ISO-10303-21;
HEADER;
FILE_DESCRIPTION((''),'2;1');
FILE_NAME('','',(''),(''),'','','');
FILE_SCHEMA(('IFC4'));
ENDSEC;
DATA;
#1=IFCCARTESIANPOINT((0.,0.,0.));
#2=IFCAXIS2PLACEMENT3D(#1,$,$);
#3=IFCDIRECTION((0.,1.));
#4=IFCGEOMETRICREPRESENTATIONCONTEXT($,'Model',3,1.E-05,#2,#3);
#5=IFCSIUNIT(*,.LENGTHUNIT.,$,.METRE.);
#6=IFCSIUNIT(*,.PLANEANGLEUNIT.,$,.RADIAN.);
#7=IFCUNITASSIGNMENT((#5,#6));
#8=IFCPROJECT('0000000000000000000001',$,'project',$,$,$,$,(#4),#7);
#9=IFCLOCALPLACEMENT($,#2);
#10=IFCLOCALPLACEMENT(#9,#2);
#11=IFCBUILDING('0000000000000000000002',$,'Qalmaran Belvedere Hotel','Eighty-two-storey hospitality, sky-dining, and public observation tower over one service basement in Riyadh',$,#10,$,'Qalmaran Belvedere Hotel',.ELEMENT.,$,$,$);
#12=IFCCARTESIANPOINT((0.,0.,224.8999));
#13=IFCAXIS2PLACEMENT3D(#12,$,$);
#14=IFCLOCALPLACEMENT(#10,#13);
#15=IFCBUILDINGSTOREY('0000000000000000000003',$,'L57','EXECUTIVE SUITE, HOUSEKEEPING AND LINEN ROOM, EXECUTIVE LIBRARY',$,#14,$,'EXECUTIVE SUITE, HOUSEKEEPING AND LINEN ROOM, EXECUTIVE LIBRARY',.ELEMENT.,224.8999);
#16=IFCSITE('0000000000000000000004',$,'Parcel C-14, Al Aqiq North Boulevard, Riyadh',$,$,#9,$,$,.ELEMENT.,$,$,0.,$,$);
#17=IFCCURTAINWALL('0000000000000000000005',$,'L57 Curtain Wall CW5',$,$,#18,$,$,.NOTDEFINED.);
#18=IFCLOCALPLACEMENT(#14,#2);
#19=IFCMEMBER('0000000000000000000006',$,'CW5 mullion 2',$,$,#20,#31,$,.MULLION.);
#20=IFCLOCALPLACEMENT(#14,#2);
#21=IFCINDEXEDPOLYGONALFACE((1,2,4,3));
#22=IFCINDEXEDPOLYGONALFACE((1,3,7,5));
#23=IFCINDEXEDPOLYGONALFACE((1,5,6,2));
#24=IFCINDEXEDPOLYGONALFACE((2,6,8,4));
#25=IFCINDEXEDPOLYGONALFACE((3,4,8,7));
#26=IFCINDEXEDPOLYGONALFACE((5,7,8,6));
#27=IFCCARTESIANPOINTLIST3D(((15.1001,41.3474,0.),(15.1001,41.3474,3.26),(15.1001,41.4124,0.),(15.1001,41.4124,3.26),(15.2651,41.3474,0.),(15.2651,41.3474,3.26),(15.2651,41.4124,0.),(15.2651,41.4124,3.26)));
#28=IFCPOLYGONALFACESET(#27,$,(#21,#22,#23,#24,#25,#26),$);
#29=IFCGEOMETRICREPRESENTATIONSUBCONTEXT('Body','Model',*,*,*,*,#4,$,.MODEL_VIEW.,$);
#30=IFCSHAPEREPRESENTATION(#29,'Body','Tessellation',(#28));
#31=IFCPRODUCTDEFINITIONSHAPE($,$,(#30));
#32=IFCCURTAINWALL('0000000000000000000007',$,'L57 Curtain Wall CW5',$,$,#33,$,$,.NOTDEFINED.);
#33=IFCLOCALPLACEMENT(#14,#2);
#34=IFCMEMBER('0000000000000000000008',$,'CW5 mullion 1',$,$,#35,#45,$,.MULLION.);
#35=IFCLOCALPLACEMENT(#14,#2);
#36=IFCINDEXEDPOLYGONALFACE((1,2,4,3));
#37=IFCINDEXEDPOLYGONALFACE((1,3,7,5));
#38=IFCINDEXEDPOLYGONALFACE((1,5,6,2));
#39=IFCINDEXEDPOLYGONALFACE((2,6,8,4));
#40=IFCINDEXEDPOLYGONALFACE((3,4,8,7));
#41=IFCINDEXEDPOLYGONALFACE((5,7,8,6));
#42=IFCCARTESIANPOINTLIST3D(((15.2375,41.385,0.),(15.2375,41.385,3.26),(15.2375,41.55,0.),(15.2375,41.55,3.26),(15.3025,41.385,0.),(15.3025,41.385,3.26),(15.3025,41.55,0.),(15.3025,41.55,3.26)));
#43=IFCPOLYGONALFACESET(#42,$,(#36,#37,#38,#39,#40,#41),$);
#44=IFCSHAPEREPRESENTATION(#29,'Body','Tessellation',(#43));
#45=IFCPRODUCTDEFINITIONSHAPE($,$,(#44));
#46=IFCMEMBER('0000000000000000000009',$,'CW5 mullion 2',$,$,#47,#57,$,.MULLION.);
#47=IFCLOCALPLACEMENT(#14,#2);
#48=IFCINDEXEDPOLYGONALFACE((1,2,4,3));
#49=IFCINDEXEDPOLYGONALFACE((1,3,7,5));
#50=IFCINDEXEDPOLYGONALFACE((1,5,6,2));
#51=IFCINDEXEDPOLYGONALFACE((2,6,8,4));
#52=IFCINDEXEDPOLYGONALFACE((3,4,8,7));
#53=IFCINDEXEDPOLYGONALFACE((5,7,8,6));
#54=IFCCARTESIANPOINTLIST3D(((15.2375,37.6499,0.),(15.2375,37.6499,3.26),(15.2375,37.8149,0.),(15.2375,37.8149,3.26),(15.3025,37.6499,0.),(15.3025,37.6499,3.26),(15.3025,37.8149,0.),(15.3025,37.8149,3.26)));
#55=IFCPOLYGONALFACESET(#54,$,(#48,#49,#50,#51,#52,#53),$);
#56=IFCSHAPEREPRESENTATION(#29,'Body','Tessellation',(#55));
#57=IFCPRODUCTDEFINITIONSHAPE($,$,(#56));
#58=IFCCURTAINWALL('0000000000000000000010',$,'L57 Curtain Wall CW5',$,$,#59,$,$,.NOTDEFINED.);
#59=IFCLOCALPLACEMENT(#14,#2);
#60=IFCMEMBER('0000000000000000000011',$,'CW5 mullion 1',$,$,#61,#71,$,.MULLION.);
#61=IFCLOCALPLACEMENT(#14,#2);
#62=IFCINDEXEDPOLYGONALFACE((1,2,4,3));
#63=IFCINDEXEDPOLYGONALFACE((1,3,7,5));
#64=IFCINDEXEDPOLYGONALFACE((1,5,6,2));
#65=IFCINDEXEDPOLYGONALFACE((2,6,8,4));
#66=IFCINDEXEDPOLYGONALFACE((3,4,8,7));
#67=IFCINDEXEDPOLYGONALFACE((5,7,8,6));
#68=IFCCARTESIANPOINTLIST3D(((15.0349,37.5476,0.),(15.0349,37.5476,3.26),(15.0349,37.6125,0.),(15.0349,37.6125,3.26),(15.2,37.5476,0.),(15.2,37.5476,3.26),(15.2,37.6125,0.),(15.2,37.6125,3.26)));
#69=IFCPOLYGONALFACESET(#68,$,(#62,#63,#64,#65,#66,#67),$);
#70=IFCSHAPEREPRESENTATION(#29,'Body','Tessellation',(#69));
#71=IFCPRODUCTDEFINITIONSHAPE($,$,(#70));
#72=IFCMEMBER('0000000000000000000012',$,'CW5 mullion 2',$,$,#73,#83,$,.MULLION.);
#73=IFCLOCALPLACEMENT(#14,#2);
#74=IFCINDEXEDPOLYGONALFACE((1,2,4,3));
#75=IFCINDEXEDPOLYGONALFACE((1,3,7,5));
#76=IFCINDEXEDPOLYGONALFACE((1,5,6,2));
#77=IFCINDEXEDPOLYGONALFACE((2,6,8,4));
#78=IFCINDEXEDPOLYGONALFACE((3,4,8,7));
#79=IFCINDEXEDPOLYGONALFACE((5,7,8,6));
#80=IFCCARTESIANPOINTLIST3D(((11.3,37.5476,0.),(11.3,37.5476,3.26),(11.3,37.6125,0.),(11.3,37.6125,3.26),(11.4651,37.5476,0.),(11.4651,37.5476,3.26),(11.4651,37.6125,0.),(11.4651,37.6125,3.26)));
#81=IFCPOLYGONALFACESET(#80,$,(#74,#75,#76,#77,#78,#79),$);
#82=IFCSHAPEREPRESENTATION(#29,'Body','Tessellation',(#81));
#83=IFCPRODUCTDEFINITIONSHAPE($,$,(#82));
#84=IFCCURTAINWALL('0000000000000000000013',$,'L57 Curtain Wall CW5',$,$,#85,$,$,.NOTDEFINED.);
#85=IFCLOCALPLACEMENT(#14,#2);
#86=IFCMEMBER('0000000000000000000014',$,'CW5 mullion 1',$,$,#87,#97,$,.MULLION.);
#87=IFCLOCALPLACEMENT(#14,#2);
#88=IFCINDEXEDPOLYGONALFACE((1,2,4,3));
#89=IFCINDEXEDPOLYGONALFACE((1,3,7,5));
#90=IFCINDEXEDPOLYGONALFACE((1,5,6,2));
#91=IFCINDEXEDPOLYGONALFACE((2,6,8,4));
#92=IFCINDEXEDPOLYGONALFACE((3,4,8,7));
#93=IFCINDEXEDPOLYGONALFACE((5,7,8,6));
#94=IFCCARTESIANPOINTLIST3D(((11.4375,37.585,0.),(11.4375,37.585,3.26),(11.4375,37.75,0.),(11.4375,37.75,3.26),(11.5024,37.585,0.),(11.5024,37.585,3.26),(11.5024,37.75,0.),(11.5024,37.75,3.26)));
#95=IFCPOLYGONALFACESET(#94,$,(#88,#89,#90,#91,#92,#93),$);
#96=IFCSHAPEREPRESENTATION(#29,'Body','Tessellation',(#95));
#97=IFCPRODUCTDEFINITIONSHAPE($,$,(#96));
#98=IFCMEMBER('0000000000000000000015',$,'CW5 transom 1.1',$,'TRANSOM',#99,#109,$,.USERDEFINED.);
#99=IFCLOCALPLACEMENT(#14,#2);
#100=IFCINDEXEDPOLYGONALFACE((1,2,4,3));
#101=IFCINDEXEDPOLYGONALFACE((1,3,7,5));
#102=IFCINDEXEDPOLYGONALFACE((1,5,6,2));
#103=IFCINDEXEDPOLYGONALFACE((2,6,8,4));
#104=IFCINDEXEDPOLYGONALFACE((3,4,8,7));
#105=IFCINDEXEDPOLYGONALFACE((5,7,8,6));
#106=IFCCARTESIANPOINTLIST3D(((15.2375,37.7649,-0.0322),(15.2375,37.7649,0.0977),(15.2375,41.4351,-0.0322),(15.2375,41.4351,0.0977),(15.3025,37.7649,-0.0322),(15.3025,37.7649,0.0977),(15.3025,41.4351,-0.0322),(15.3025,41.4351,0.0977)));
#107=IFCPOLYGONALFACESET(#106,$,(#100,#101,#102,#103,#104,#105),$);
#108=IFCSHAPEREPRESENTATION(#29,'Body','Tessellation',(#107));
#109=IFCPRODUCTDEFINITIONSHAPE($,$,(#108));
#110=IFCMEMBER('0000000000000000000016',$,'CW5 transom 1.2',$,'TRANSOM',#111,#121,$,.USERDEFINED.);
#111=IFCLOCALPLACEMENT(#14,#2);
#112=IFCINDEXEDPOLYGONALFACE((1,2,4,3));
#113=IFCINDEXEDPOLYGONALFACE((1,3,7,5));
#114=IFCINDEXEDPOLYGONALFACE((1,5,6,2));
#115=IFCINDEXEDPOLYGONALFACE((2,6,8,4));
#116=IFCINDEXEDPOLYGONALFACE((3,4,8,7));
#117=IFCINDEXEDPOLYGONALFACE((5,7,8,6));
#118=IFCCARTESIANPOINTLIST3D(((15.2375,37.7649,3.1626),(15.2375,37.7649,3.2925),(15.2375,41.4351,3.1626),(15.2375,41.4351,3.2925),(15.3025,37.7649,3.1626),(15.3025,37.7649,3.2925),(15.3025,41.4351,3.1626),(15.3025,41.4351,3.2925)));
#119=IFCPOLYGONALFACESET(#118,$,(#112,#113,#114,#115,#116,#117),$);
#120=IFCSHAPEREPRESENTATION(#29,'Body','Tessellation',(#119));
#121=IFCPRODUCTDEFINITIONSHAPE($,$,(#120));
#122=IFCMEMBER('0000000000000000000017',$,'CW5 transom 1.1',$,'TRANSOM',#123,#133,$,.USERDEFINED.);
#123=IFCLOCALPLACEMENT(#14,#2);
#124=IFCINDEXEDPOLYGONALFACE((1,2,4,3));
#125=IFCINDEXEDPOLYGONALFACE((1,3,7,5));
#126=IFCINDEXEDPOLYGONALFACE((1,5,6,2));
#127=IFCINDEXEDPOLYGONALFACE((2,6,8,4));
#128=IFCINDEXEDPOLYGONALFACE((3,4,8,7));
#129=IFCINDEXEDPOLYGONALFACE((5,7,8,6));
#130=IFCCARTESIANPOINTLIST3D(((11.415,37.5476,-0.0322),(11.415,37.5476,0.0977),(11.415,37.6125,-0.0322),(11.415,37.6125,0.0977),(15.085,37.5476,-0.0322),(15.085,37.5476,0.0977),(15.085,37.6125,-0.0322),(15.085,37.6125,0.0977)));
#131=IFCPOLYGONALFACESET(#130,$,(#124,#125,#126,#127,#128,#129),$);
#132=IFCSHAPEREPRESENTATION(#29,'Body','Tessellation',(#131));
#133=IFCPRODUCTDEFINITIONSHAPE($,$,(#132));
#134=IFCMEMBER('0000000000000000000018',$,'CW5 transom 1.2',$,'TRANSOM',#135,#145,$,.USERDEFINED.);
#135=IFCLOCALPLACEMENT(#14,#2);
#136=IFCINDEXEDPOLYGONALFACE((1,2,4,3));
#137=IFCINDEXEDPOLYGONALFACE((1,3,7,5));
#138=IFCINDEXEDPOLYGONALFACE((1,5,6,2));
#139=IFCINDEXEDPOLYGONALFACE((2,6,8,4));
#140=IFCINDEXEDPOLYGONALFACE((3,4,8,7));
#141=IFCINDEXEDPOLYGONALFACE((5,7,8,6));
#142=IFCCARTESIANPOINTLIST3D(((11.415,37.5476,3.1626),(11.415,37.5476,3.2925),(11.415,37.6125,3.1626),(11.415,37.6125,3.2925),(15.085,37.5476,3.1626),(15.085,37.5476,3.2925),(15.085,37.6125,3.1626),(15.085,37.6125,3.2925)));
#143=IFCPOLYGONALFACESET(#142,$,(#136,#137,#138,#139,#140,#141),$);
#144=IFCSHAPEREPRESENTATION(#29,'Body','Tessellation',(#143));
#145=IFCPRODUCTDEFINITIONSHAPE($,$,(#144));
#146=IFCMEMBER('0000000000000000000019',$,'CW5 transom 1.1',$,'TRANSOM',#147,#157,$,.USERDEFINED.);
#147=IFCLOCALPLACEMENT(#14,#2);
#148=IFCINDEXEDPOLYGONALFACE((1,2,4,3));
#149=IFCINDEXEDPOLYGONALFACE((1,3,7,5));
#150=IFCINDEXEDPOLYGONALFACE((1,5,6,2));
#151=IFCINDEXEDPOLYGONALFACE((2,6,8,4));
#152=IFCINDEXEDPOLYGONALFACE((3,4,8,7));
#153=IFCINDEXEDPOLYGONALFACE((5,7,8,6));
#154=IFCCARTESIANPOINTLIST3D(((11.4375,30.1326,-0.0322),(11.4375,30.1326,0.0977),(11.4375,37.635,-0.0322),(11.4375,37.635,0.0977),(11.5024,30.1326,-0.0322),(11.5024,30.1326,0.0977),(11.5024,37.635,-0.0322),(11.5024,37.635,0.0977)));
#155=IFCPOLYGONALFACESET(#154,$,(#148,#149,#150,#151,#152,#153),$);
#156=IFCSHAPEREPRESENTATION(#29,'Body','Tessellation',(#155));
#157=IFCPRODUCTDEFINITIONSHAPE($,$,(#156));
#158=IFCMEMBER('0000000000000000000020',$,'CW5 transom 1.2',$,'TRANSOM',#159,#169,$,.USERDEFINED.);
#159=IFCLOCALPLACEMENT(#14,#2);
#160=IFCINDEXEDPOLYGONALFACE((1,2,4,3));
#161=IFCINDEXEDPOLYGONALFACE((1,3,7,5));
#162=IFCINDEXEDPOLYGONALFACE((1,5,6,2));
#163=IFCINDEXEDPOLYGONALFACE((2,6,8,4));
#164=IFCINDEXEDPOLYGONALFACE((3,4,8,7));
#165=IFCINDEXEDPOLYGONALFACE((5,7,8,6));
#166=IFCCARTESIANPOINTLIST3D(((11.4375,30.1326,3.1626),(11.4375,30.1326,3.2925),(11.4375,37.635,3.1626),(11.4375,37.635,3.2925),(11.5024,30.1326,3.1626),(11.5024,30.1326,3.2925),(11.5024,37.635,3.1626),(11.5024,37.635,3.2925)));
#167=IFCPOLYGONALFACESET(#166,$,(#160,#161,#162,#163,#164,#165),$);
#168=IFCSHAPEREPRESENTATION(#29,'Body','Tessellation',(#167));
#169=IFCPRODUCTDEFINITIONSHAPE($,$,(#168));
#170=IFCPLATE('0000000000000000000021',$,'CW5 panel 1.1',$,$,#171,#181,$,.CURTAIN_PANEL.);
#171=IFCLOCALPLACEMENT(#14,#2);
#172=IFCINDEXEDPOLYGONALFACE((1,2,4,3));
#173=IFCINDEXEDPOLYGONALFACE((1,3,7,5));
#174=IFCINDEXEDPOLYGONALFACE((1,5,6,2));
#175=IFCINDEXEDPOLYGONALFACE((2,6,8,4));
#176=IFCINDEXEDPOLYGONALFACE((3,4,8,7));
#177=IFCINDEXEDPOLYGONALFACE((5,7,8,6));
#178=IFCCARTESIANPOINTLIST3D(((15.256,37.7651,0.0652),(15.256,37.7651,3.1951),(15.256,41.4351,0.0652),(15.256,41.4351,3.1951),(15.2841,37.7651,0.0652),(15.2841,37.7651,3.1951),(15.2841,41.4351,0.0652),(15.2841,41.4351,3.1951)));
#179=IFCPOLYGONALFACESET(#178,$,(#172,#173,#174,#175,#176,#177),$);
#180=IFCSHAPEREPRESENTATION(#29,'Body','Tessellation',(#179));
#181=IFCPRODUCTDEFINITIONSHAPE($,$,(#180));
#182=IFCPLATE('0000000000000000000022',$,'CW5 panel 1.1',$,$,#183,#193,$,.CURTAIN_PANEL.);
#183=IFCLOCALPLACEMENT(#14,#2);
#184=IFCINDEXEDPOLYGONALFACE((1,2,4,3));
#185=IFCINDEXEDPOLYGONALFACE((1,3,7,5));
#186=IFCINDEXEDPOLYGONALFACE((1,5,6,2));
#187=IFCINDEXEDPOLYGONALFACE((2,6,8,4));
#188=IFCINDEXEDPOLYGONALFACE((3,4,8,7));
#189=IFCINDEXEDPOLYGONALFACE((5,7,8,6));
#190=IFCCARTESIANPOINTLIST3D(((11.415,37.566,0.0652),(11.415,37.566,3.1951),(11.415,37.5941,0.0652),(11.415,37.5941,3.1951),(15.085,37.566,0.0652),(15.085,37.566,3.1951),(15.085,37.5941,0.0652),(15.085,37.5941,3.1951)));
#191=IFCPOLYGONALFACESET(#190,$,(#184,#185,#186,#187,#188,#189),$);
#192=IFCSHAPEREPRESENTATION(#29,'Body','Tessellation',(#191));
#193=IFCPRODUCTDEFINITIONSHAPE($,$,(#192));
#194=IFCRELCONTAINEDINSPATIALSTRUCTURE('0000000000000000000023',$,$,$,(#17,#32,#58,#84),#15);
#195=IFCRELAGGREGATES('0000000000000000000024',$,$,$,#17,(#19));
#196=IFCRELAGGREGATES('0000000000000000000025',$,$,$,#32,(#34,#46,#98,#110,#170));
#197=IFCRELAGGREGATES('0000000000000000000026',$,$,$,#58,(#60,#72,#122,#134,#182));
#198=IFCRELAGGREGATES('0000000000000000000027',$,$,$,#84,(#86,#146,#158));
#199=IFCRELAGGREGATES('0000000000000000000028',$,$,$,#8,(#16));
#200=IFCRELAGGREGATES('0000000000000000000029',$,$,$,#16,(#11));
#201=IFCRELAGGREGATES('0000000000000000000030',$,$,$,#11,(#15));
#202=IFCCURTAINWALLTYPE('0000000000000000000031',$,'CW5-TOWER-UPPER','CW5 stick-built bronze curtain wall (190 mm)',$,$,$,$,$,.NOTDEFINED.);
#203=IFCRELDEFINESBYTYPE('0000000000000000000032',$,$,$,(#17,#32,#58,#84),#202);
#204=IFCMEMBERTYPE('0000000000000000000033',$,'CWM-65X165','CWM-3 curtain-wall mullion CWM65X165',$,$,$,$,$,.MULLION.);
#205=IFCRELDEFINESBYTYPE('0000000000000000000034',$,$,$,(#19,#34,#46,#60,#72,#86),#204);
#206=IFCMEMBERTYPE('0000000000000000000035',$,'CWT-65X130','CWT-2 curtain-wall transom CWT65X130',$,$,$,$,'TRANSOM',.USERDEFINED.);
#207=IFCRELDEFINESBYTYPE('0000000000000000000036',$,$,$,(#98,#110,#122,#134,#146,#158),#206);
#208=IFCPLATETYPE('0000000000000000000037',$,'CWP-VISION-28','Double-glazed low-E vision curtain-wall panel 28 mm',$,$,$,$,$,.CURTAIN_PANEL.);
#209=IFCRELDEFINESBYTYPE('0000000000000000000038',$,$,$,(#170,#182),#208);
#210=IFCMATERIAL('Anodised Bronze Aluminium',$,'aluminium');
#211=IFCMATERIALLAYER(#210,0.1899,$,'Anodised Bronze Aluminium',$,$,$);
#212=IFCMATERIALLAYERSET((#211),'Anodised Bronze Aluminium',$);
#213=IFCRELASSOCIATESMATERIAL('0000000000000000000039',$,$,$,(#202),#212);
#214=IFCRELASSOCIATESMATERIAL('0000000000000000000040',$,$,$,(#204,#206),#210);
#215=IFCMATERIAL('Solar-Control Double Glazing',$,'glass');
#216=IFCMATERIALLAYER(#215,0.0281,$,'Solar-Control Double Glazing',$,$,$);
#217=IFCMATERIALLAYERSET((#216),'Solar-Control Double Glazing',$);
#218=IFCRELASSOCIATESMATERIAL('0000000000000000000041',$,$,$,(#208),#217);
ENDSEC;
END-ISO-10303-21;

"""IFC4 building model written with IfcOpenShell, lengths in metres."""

from ifc_helpers import new_model, si_unit, direction, frame, origin, origin_2d, place, context, subcontext, project, spatial, rectangle, extrude, material, layer, layer_set, material_profile, profile_set, type_object, element, aggregate, save


model = new_model("IFC4")

# Units and contexts
model_context = context("Model", 3, precision=1e-05, world=origin(), true_north=direction((0.0, 1.0)))
body_context = subcontext(model_context, "Body", "Model", "MODEL_VIEW")
ifc_project = project(units=[si_unit("LENGTHUNIT", "METRE"), si_unit("PLANEANGLEUNIT", "RADIAN")], contexts=[model_context])

# Site, building, storey
site_placement = place(None, origin())
site = spatial("IfcSite", under=ifc_project, at=site_placement, Name="Parcel C-14, Al Aqiq North Boulevard, Riyadh", CompositionType="ELEMENT", RefElevation=0.0)
building_placement = place(site_placement, origin())
building = spatial("IfcBuilding", under=site, at=building_placement, Name="Qalmaran Belvedere Hotel", Description="Eighty-two-storey hospitality, sky-dining, and public observation tower over one service basement in Riyadh", LongName="Qalmaran Belvedere Hotel", CompositionType="ELEMENT")
storey_placement = place(building_placement, frame((0.0, 0.0, 224.8999)))
storey = spatial("IfcBuildingStorey", under=building, at=storey_placement, Name="L57", Description="EXECUTIVE SUITE, HOUSEKEEPING AND LINEN ROOM, EXECUTIVE LIBRARY", LongName="EXECUTIVE SUITE, HOUSEKEEPING AND LINEN ROOM, EXECUTIVE LIBRARY", CompositionType="ELEMENT", Elevation=224.8999)

# Curtain wall, member
ifc_material_1 = material(Name="Anodised Bronze Aluminium", Category="aluminium")
ifc_layer_1 = layer(ifc_material_1, 0.1899, Name="Anodised Bronze Aluminium")
ifc_layer_set_1 = layer_set([ifc_layer_1], Name="Anodised Bronze Aluminium")
curtain_wall_type = type_object("IfcCurtainWallType", Name="CW5-TOWER-UPPER", Description="CW5 stick-built bronze curtain wall (190 mm)", PredefinedType="NOTDEFINED", material=ifc_layer_set_1)
curtain_wall_1_placement = place(storey_placement, origin())
curtain_wall_1 = element("IfcCurtainWall", 1, at=curtain_wall_1_placement, inside=storey, type_object=curtain_wall_type, Name="L57 Curtain Wall CW5", PredefinedType="NOTDEFINED")
ifc_material_profile_1 = material_profile(ifc_material_1, rectangle(XDim=0.0649, YDim=0.165, at=origin_2d()), Name="CWM65X165")
ifc_profile_set_1 = profile_set([ifc_material_profile_1], Name="Anodised Bronze Aluminium")
member_type_1 = type_object("IfcMemberType", Name="CWM-65X165", Description="CWM-3 curtain-wall mullion CWM65X165", PredefinedType="MULLION", material=ifc_profile_set_1)
member_1_placement = place(storey_placement, frame((15.1826, 41.3799, 0.0), z_axis=(0.0, 0.0, 1.0), x_axis=(0.0, -1.0, 0.0)))
member_1 = element("IfcMember", 2, at=member_1_placement, type_object=member_type_1, Name="CW5 mullion 2", PredefinedType="MULLION", context=body_context, shape_type="SweptSolid", body=[
    extrude(rectangle(XDim=0.0649, YDim=0.165, at=origin_2d()), origin(), (0.0, 0.0, 1.0), 3.26),
])
aggregate(curtain_wall_1, [member_1])

# Curtain walls, members
curtain_wall_2_placement = place(storey_placement, origin())
curtain_wall_2 = element("IfcCurtainWall", 3, at=curtain_wall_2_placement, inside=storey, type_object=curtain_wall_type, Name="L57 Curtain Wall CW5", PredefinedType="NOTDEFINED")
member_2_placement = place(storey_placement, frame((15.27, 41.4675, 0.0), z_axis=(0.0, 0.0, 1.0), x_axis=(1.0, 0.0, 0.0)))
member_2 = element("IfcMember", 4, at=member_2_placement, type_object=member_type_1, Name="CW5 mullion 1", PredefinedType="MULLION", context=body_context, shape_type="SweptSolid", body=[
    extrude(rectangle(XDim=0.0649, YDim=0.165, at=origin_2d()), origin(), (0.0, 0.0, 1.0), 3.26),
])
member_3_placement = place(storey_placement, frame((15.27, 37.7324, 0.0), z_axis=(0.0, 0.0, 1.0), x_axis=(1.0, 0.0, 0.0)))
member_3 = element("IfcMember", 5, at=member_3_placement, type_object=member_type_1, Name="CW5 mullion 2", PredefinedType="MULLION", context=body_context, shape_type="SweptSolid", body=[
    extrude(rectangle(XDim=0.0649, YDim=0.165, at=origin_2d()), origin(), (0.0, 0.0, 1.0), 3.26),
])
curtain_wall_3_placement = place(storey_placement, origin())
curtain_wall_3 = element("IfcCurtainWall", 6, at=curtain_wall_3_placement, inside=storey, type_object=curtain_wall_type, Name="L57 Curtain Wall CW5", PredefinedType="NOTDEFINED")
member_4_placement = place(storey_placement, frame((15.1174, 37.5801, 0.0), z_axis=(0.0, 0.0, 1.0), x_axis=(0.0, -1.0, 0.0)))
member_4 = element("IfcMember", 7, at=member_4_placement, type_object=member_type_1, Name="CW5 mullion 1", PredefinedType="MULLION", context=body_context, shape_type="SweptSolid", body=[
    extrude(rectangle(XDim=0.0649, YDim=0.165, at=origin_2d()), origin(), (0.0, 0.0, 1.0), 3.26),
])
member_5_placement = place(storey_placement, frame((11.3826, 37.5801, 0.0), z_axis=(0.0, 0.0, 1.0), x_axis=(0.0, -1.0, 0.0)))
member_5 = element("IfcMember", 8, at=member_5_placement, type_object=member_type_1, Name="CW5 mullion 2", PredefinedType="MULLION", context=body_context, shape_type="SweptSolid", body=[
    extrude(rectangle(XDim=0.0649, YDim=0.165, at=origin_2d()), origin(), (0.0, 0.0, 1.0), 3.26),
])

# Curtain wall, member
curtain_wall_4_placement = place(storey_placement, origin())
curtain_wall_4 = element("IfcCurtainWall", 9, at=curtain_wall_4_placement, inside=storey, type_object=curtain_wall_type, Name="L57 Curtain Wall CW5", PredefinedType="NOTDEFINED")
member_6_placement = place(storey_placement, frame((11.47, 37.6675, 0.0), z_axis=(0.0, 0.0, 1.0), x_axis=(1.0, 0.0, 0.0)))
member_6 = element("IfcMember", 10, at=member_6_placement, type_object=member_type_1, Name="CW5 mullion 1", PredefinedType="MULLION", context=body_context, shape_type="SweptSolid", body=[
    extrude(rectangle(XDim=0.0649, YDim=0.165, at=origin_2d()), origin(), (0.0, 0.0, 1.0), 3.26),
])

# Members
ifc_material_profile_2 = material_profile(ifc_material_1, rectangle(XDim=0.0649, YDim=0.1299, at=origin_2d()), Name="CWT65X130")
ifc_profile_set_2 = profile_set([ifc_material_profile_2], Name="Anodised Bronze Aluminium")
member_type_2 = type_object("IfcMemberType", Name="CWT-65X130", Description="CWT-2 curtain-wall transom CWT65X130", ElementType="TRANSOM", PredefinedType="USERDEFINED", material=ifc_profile_set_2)
member_7_placement = place(storey_placement, frame((15.27, 41.4351, 0.0327), z_axis=(0.0, -1.0, 0.0), x_axis=(1.0, 0.0, 0.0)))
member_7 = element("IfcMember", 11, at=member_7_placement, type_object=member_type_2, Name="CW5 transom 1.1", ObjectType="TRANSOM", PredefinedType="USERDEFINED", context=body_context, shape_type="SweptSolid", body=[
    extrude(rectangle(XDim=0.0649, YDim=0.1299, at=origin_2d()), origin(), (0.0, 0.0, 1.0), 3.6702),
])
member_8_placement = place(storey_placement, frame((15.27, 41.4351, 3.2275), z_axis=(0.0, -1.0, 0.0), x_axis=(1.0, 0.0, 0.0)))
member_8 = element("IfcMember", 12, at=member_8_placement, type_object=member_type_2, Name="CW5 transom 1.2", ObjectType="TRANSOM", PredefinedType="USERDEFINED", context=body_context, shape_type="SweptSolid", body=[
    extrude(rectangle(XDim=0.0649, YDim=0.1299, at=origin_2d()), origin(), (0.0, 0.0, 1.0), 3.6702),
])
member_9_placement = place(storey_placement, frame((15.085, 37.5801, 0.0327), z_axis=(-1.0, 0.0, 0.0), x_axis=(0.0, -1.0, 0.0)))
member_9 = element("IfcMember", 13, at=member_9_placement, type_object=member_type_2, Name="CW5 transom 1.1", ObjectType="TRANSOM", PredefinedType="USERDEFINED", context=body_context, shape_type="SweptSolid", body=[
    extrude(rectangle(XDim=0.0649, YDim=0.1299, at=origin_2d()), origin(), (0.0, 0.0, 1.0), 3.6699),
])
member_10_placement = place(storey_placement, frame((15.085, 37.5801, 3.2275), z_axis=(-1.0, 0.0, 0.0), x_axis=(0.0, -1.0, 0.0)))
member_10 = element("IfcMember", 14, at=member_10_placement, type_object=member_type_2, Name="CW5 transom 1.2", ObjectType="TRANSOM", PredefinedType="USERDEFINED", context=body_context, shape_type="SweptSolid", body=[
    extrude(rectangle(XDim=0.0649, YDim=0.1299, at=origin_2d()), origin(), (0.0, 0.0, 1.0), 3.6699),
])
member_11_placement = place(storey_placement, frame((11.47, 37.635, 0.0327), z_axis=(0.0, -1.0, 0.0), x_axis=(1.0, 0.0, 0.0)))
member_11 = element("IfcMember", 15, at=member_11_placement, type_object=member_type_2, Name="CW5 transom 1.1", ObjectType="TRANSOM", PredefinedType="USERDEFINED", context=body_context, shape_type="SweptSolid", body=[
    extrude(rectangle(XDim=0.0649, YDim=0.1299, at=origin_2d()), origin(), (0.0, 0.0, 1.0), 7.5024),
])
member_12_placement = place(storey_placement, frame((11.47, 37.635, 3.2275), z_axis=(0.0, -1.0, 0.0), x_axis=(1.0, 0.0, 0.0)))
member_12 = element("IfcMember", 16, at=member_12_placement, type_object=member_type_2, Name="CW5 transom 1.2", ObjectType="TRANSOM", PredefinedType="USERDEFINED", context=body_context, shape_type="SweptSolid", body=[
    extrude(rectangle(XDim=0.0649, YDim=0.1299, at=origin_2d()), origin(), (0.0, 0.0, 1.0), 7.5024),
])

# Plates
ifc_material_2 = material(Name="Solar-Control Double Glazing", Category="glass")
ifc_layer_2 = layer(ifc_material_2, 0.0281, Name="Solar-Control Double Glazing")
ifc_layer_set_2 = layer_set([ifc_layer_2], Name="Solar-Control Double Glazing")
plate_type = type_object("IfcPlateType", Name="CWP-VISION-28", Description="Double-glazed low-E vision curtain-wall panel 28 mm", PredefinedType="CURTAIN_PANEL", material=ifc_layer_set_2)
plate_1_placement = place(storey_placement, frame((15.27, 39.6001, 0.0652), z_axis=(0.0, 0.0, 1.0), x_axis=(0.0, -1.0, 0.0)))
plate_1 = element("IfcPlate", 17, at=plate_1_placement, type_object=plate_type, Name="CW5 panel 1.1", PredefinedType="CURTAIN_PANEL", context=body_context, shape_type="SweptSolid", body=[
    extrude(rectangle(XDim=3.6699, YDim=0.0281, at=origin_2d()), origin(), (0.0, 0.0, 1.0), 3.1299),
])
aggregate(curtain_wall_2, [member_2, member_3, member_7, member_8, plate_1])
plate_2_placement = place(storey_placement, frame((13.25, 37.5801, 0.0652), z_axis=(0.0, 0.0, 1.0), x_axis=(-1.0, 0.0, 0.0)))
plate_2 = element("IfcPlate", 18, at=plate_2_placement, type_object=plate_type, Name="CW5 panel 1.1", PredefinedType="CURTAIN_PANEL", context=body_context, shape_type="SweptSolid", body=[
    extrude(rectangle(XDim=3.6699, YDim=0.0281, at=origin_2d()), origin(), (0.0, 0.0, 1.0), 3.1299),
])
aggregate(curtain_wall_3, [member_4, member_5, member_9, member_10, plate_2])
aggregate(curtain_wall_4, [member_6, member_11, member_12])

save(model, "model.ifc")
